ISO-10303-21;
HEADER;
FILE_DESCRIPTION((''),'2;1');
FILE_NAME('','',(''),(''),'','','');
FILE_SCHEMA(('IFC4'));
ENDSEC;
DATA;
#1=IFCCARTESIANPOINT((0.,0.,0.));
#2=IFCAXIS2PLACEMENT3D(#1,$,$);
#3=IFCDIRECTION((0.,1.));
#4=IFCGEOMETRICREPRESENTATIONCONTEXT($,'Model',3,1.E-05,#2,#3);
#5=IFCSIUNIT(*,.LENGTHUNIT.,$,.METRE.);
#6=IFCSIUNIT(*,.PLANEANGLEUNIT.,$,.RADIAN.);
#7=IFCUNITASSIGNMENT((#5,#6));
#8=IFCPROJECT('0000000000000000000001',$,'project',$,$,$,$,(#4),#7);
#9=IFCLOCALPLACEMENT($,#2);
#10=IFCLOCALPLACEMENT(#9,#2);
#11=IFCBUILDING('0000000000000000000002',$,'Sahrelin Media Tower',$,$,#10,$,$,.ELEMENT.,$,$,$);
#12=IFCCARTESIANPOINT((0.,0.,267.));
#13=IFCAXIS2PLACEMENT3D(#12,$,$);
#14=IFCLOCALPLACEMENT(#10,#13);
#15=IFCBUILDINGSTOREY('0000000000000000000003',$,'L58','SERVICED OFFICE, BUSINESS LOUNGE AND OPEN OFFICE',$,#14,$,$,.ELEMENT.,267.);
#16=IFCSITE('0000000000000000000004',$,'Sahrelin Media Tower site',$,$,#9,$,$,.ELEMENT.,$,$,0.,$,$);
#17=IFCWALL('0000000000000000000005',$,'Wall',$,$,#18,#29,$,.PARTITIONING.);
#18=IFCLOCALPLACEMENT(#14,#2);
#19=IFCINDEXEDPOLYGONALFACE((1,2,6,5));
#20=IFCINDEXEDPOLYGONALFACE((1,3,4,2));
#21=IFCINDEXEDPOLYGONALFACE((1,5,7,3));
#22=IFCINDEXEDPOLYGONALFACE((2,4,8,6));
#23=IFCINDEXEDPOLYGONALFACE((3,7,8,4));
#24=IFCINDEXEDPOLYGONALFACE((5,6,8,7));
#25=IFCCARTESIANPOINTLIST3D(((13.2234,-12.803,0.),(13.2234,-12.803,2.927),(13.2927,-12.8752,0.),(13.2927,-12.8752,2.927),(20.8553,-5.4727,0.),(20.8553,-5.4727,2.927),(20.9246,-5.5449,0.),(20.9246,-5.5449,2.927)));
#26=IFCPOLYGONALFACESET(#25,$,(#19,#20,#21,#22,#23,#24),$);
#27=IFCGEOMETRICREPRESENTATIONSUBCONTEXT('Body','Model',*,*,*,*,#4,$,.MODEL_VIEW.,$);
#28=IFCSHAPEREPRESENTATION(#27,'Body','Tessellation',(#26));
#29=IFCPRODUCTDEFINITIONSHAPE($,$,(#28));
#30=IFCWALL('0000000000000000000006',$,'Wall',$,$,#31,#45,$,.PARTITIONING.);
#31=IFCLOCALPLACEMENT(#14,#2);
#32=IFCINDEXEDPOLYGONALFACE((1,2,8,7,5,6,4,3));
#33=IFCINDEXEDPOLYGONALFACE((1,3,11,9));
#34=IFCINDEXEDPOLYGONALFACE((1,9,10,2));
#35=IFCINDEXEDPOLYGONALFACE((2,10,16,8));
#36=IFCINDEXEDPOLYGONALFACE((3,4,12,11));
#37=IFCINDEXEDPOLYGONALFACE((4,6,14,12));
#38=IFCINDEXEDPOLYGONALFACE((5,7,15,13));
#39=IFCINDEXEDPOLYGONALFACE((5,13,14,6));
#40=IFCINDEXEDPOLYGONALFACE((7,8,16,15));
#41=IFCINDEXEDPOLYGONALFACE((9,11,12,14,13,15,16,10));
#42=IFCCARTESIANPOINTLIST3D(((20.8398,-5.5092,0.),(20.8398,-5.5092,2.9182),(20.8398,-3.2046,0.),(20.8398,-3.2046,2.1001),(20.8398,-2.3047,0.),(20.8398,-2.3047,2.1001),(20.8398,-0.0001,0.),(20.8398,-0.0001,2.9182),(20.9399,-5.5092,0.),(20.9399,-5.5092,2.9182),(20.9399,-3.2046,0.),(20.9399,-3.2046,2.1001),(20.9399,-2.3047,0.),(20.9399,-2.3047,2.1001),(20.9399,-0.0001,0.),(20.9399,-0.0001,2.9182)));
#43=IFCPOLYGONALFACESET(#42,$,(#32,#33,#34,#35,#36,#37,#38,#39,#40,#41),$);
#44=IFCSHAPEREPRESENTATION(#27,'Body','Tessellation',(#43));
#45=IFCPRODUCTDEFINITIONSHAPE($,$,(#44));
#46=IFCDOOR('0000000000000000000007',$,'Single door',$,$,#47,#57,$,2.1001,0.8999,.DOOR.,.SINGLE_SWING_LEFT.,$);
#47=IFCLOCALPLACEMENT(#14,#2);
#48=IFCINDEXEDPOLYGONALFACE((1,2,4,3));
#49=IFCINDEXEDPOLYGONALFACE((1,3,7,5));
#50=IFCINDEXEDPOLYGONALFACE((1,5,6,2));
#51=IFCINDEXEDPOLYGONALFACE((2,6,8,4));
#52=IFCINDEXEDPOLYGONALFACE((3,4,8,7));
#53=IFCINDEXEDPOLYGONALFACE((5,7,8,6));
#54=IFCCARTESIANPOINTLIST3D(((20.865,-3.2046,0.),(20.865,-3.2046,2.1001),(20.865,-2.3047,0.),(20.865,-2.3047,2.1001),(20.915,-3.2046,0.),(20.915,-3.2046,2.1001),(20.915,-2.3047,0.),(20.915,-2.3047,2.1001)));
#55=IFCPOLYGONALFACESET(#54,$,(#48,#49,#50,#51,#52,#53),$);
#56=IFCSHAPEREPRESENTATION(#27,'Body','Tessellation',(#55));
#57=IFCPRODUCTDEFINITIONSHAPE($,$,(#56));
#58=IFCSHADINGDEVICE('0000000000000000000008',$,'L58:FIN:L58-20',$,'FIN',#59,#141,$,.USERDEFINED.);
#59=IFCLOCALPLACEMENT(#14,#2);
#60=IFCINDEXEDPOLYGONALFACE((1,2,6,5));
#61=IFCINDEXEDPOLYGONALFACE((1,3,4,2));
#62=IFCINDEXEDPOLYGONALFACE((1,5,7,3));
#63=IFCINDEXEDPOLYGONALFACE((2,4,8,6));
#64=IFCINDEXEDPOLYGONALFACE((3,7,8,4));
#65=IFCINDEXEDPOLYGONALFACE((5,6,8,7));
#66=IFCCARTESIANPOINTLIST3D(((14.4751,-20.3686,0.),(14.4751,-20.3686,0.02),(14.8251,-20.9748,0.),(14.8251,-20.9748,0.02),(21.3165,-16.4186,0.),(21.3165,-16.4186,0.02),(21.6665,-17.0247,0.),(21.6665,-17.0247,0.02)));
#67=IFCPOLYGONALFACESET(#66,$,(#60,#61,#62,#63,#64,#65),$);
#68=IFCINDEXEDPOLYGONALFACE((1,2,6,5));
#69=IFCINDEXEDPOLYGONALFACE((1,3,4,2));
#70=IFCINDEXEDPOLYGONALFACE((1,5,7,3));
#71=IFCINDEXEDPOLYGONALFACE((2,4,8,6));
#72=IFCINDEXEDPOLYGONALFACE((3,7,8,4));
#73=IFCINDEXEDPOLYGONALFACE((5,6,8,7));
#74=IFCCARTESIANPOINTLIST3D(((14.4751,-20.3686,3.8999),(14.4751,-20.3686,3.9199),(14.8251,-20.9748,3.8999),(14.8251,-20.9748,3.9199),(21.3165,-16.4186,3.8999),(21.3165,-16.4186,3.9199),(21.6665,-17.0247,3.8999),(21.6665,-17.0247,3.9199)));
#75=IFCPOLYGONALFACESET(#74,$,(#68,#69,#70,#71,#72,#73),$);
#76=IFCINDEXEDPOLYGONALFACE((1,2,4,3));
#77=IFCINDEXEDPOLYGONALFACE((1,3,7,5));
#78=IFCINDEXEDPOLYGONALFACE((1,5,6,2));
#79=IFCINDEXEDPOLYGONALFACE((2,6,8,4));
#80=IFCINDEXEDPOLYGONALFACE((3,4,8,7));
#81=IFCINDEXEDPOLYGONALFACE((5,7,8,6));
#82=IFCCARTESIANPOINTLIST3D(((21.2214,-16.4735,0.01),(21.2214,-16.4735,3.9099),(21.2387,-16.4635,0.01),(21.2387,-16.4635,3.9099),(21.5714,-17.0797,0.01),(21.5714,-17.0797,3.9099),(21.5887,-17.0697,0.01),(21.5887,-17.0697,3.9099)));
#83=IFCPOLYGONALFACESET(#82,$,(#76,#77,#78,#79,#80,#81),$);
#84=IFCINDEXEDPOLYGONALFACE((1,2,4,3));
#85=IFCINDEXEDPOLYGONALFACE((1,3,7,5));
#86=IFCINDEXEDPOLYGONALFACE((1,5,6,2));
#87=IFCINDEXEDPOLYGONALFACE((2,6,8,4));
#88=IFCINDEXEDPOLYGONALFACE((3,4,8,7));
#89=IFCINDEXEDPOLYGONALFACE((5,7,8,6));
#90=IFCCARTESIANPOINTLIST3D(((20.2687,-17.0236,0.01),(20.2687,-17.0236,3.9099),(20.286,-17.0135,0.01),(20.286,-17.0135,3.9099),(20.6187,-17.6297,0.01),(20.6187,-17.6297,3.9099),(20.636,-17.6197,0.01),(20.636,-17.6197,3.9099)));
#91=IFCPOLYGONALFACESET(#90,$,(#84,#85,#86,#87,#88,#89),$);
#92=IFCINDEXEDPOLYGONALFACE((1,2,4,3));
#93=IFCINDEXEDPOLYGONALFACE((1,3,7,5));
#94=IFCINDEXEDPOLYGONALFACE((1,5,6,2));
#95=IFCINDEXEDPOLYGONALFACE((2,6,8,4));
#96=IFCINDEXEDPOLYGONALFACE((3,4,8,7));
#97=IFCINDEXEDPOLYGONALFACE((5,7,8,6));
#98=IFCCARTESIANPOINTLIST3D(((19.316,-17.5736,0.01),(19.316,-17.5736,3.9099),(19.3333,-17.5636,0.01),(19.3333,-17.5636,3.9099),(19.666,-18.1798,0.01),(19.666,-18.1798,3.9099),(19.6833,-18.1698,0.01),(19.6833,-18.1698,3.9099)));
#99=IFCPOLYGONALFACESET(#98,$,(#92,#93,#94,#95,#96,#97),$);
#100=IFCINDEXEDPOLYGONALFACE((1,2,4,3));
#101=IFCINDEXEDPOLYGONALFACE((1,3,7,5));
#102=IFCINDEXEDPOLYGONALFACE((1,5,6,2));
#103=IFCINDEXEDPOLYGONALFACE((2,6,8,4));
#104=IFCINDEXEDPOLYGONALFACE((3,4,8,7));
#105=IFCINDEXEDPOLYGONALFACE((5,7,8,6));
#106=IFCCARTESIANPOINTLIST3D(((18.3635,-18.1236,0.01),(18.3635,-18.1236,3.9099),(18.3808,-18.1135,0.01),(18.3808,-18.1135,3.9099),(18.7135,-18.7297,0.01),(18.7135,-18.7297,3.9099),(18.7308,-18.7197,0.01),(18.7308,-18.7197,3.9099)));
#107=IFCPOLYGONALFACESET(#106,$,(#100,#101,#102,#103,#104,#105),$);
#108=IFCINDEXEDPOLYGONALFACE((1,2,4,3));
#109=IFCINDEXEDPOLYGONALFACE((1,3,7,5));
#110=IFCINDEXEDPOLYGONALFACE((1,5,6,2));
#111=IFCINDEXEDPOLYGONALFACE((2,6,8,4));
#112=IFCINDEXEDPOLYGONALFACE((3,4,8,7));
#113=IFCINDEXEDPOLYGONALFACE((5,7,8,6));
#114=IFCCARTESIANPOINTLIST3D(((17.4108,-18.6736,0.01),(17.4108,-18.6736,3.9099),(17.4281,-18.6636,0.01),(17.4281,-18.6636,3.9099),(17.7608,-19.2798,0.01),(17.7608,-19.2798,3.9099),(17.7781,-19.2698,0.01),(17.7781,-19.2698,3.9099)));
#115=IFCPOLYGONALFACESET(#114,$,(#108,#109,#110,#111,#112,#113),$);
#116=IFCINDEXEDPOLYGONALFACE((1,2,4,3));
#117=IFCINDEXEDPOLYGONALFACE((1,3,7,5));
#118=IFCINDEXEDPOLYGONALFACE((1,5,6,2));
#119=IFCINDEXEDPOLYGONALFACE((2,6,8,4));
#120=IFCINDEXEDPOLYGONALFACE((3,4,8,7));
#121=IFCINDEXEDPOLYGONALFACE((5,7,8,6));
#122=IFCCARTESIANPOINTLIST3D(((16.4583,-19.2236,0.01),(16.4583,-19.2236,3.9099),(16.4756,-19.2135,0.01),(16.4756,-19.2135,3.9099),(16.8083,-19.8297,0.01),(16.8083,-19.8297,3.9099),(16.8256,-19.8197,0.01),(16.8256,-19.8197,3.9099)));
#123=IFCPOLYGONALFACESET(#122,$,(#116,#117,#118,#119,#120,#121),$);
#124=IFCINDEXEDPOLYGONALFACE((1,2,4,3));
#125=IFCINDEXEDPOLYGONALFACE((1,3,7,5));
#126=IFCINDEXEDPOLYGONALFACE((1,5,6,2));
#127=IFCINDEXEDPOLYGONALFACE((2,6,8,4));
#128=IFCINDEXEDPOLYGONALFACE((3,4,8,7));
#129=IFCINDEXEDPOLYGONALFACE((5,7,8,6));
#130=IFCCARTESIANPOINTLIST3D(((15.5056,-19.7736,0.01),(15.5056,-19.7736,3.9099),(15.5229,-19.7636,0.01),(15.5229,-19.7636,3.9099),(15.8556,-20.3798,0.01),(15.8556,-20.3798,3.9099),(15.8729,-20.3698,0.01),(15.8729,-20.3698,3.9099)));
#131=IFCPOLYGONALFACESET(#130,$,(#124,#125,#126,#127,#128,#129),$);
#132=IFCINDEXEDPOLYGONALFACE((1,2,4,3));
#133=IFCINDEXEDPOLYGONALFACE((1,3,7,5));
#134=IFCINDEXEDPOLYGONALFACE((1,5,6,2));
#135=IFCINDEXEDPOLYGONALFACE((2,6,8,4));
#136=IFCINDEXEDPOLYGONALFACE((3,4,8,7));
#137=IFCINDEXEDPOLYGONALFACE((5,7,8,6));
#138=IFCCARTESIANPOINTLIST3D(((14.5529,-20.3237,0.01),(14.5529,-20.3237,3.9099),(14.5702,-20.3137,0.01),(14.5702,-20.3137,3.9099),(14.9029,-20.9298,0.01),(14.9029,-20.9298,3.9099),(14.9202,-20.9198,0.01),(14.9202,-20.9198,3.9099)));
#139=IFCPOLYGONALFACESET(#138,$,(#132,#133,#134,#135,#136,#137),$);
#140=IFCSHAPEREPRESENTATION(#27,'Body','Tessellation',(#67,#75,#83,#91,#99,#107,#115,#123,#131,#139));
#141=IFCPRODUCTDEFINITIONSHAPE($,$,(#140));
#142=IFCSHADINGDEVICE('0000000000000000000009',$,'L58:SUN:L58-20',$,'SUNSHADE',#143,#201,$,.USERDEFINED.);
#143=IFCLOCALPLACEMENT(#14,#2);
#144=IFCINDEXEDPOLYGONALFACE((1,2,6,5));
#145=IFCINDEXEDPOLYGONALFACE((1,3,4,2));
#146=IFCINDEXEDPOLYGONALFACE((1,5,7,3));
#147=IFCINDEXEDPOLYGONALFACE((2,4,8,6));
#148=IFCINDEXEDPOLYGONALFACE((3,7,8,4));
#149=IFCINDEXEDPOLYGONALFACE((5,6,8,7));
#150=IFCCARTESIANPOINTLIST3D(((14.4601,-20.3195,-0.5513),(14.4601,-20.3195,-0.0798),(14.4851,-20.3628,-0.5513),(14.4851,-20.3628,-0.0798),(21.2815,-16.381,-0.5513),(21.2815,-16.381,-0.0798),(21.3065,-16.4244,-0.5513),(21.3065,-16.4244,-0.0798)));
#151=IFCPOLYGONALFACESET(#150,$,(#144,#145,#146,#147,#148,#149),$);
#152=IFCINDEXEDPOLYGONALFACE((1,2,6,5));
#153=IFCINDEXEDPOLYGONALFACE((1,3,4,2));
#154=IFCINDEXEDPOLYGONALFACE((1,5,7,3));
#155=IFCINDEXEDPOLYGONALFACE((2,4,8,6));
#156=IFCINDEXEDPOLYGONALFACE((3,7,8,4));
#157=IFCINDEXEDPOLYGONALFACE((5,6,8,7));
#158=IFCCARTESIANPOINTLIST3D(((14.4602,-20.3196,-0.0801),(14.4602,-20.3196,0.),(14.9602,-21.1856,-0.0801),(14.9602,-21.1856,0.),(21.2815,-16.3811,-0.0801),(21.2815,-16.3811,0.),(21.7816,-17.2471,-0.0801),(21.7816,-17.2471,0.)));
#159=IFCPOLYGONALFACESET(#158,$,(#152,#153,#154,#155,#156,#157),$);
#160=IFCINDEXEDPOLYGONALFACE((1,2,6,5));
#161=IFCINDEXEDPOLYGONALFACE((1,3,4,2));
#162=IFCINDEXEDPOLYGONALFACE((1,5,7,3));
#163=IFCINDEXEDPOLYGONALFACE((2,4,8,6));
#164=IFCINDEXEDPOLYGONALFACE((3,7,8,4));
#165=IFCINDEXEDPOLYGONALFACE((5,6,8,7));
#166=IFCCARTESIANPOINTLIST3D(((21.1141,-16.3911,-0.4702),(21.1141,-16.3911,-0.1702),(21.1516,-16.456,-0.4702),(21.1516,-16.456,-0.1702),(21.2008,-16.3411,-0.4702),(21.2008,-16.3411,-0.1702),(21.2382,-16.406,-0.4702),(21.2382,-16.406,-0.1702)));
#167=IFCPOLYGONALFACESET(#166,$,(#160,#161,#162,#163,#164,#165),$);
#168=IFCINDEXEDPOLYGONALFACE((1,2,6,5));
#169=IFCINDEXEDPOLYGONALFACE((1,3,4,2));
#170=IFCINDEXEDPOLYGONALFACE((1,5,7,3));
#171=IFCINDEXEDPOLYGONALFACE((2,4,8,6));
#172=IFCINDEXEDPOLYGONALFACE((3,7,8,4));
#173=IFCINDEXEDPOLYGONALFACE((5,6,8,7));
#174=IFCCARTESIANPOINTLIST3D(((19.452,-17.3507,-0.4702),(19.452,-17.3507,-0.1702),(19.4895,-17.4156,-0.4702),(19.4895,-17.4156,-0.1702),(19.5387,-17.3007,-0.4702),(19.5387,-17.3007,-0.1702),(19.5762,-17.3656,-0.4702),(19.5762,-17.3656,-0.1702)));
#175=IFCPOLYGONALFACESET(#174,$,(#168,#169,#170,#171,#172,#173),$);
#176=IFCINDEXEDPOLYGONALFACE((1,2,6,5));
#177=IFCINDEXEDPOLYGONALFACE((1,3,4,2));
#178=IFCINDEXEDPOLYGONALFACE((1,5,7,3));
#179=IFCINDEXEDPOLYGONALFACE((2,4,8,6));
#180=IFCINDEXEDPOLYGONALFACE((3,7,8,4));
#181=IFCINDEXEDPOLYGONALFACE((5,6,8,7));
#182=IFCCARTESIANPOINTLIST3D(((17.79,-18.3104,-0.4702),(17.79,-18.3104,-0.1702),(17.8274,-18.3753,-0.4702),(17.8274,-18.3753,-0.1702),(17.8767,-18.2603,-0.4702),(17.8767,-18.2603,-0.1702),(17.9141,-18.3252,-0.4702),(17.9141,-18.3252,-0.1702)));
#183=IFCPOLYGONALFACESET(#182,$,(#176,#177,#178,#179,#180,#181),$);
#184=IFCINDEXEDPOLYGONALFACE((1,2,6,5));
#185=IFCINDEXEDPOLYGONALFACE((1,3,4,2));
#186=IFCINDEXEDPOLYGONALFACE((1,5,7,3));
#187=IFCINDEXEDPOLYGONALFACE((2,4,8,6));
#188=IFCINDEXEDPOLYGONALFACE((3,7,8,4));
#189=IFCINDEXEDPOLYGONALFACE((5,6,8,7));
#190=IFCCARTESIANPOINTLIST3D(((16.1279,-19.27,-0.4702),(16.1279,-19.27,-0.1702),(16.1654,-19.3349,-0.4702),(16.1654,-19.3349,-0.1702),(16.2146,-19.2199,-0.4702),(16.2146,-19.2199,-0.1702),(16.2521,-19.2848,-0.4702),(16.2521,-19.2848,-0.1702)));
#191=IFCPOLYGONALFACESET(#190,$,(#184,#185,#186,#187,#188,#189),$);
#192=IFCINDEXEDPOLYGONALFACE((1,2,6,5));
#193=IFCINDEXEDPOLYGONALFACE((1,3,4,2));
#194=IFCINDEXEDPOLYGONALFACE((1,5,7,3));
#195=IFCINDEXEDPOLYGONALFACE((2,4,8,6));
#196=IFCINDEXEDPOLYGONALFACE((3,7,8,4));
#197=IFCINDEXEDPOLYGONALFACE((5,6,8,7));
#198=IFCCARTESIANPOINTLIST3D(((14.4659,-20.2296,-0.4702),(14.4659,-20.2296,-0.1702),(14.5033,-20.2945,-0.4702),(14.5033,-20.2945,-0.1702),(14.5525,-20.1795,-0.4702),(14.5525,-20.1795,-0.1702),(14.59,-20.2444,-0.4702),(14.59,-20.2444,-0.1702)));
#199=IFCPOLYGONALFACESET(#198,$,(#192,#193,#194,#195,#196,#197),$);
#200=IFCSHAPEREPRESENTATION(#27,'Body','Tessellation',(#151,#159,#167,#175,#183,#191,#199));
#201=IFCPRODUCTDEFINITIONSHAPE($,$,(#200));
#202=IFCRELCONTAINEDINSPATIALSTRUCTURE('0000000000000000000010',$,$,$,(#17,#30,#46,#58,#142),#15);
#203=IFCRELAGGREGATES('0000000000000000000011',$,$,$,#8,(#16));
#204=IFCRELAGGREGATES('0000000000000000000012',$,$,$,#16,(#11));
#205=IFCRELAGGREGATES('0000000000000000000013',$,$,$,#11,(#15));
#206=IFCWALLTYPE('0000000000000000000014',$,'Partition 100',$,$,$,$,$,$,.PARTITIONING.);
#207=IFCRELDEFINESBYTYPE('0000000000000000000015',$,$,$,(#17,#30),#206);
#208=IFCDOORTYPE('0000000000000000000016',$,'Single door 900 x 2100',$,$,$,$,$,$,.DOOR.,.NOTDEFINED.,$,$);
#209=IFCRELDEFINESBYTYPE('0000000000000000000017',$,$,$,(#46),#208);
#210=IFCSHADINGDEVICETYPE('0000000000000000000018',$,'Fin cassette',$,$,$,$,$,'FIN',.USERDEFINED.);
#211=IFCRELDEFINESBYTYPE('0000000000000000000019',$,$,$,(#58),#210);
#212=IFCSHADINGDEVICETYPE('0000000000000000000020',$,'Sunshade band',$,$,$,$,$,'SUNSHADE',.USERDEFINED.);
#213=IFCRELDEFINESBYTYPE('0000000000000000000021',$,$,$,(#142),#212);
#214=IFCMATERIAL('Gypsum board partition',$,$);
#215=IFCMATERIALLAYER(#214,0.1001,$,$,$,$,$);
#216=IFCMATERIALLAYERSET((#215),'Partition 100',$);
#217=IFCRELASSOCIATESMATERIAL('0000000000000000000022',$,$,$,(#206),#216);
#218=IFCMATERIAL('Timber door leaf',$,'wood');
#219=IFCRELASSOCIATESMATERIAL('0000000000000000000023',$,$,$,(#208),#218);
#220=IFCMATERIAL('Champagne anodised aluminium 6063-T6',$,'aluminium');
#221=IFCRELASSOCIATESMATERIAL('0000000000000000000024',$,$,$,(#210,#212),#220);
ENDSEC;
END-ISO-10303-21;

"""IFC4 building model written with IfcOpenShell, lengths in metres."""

from ifc_helpers import new_model, si_unit, direction, frame, frame_2d, origin, origin_2d, place, context, subcontext, project, spatial, rectangle, extrude, material, layer, layer_set, type_object, element, fill, save


model = new_model("IFC4")

# Units and contexts
model_context = context("Model", 3, precision=1e-05, world=origin(), true_north=direction((0.0, 1.0)))
body_context = subcontext(model_context, "Body", "Model", "MODEL_VIEW")
ifc_project = project(units=[si_unit("LENGTHUNIT", "METRE"), si_unit("PLANEANGLEUNIT", "RADIAN")], contexts=[model_context])

# Site, building, storey
site_placement = place(None, origin())
site = spatial("IfcSite", under=ifc_project, at=site_placement, Name="Sahrelin Media Tower site", CompositionType="ELEMENT", RefElevation=0.0)
building_placement = place(site_placement, origin())
building = spatial("IfcBuilding", under=site, at=building_placement, Name="Sahrelin Media Tower", CompositionType="ELEMENT")
storey_placement = place(building_placement, frame((0.0, 0.0, 267.0)))
storey = spatial("IfcBuildingStorey", under=building, at=storey_placement, Name="L58", Description="SERVICED OFFICE, BUSINESS LOUNGE AND OPEN OFFICE", CompositionType="ELEMENT", Elevation=267.0)

# Shared definitions
ifc_material_1 = material(Name="Champagne anodised aluminium 6063-T6", Category="aluminium")

# Wall
ifc_material_2 = material(Name="Gypsum board partition")
ifc_layer_1 = layer(ifc_material_2, 0.1001)
ifc_layer_set_1 = layer_set([ifc_layer_1], Name="Partition 100")
wall_type_1 = type_object("IfcWallType", Name="Partition 100", PredefinedType="PARTITIONING", material=ifc_layer_set_1)
wall_1_placement = place(storey_placement, frame((13.2581, -12.8391, 0.0), z_axis=(0.0, 0.0, 1.0), x_axis=(0.72121, 0.692717, 0.0)))
element("IfcWall", 1, at=wall_1_placement, inside=storey, type_object=wall_type_1, Name="Wall", PredefinedType="PARTITIONING", context=body_context, shape_type="SweptSolid", body=[
    extrude(rectangle(XDim=10.582, YDim=0.1001, at=frame_2d((5.291, 0.0))), origin(), (0.0, 0.0, 1.0), 2.927),
])

# Wall, opening, door
wall_2_placement = place(storey_placement, frame((20.8899, -5.509, 0.0), z_axis=(0.0, 0.0, 1.0), x_axis=(0.0, 1.0, 0.0)))
wall_2 = element("IfcWall", 2, at=wall_2_placement, inside=storey, type_object=wall_type_1, Name="Wall", PredefinedType="PARTITIONING", context=body_context, shape_type="SweptSolid", body=[
    extrude(rectangle(XDim=5.509, YDim=0.1001, at=frame_2d((2.7544, 0.0))), origin(), (0.0, 0.0, 1.0), 2.9182),
])
opening_1_placement = place(wall_2_placement, frame((2.3044, 0.0, 0.0)))
opening_1 = element("IfcOpeningElement", 3, at=opening_1_placement, cuts=wall_2, PredefinedType="OPENING", context=body_context, shape_type="SweptSolid", body=[
    extrude(rectangle(XDim=0.8999, YDim=2.1001, at=frame_2d((0.45, 1.05))), frame((0.0, 0.05, 0.0), z_axis=(0.0, -1.0, 0.0), x_axis=(1.0, 0.0, 0.0)), (0.0, 0.0, 1.0), 0.1001),
])
ifc_material_3 = material(Name="Timber door leaf", Category="wood")
door_type_1 = type_object("IfcDoorType", Name="Single door 900 x 2100", OperationType="NOTDEFINED", PredefinedType="DOOR", material=ifc_material_3)
door_1_placement = place(opening_1_placement, origin())
door_1 = element("IfcDoor", 4, at=door_1_placement, inside=storey, type_object=door_type_1, Name="Single door", OperationType="SINGLE_SWING_LEFT", OverallHeight=2.1001, OverallWidth=0.8999, PredefinedType="DOOR", context=body_context, shape_type="SweptSolid", body=[
    extrude(rectangle(XDim=0.8999, YDim=2.1001, at=frame_2d((0.45, 1.05))), frame((0.0, 0.0249, 0.0), z_axis=(0.0, -1.0, 0.0), x_axis=(1.0, 0.0, 0.0)), (0.0, 0.0, 1.0), 0.05),
])
fill(opening_1, door_1)

# Shading device
shading_device_type_1 = type_object("IfcShadingDeviceType", Name="Fin cassette", ElementType="FIN", PredefinedType="USERDEFINED", material=ifc_material_1)
placement = place(storey_placement, frame((17.8608, -18.333, 0.0), z_axis=(0.0, 0.0, 1.0), x_axis=(-0.866019, -0.500011, 0.0)))
element("IfcShadingDevice", 5, at=placement, inside=storey, type_object=shading_device_type_1, Name="L58:FIN:L58-20", ObjectType="FIN", PredefinedType="USERDEFINED", context=body_context, shape_type="SweptSolid", body=[
    extrude(rectangle(XDim=7.8999, YDim=0.7, at=origin_2d()), frame((0.0, 0.4199, 0.0)), (0.0, 0.0, 1.0), 0.02),
    extrude(rectangle(XDim=7.8999, YDim=0.7, at=origin_2d()), frame((0.0, 0.4199, 3.8999)), (0.0, 0.0, 1.0), 0.02),
    extrude(rectangle(XDim=0.02, YDim=0.7, at=origin_2d()), frame((-3.8501, 0.4199, 0.01), z_axis=(0.0, 0.0, 1.0), x_axis=(1.0, 0.0, 0.0)), (0.0, 0.0, 1.0), 3.8999),
    extrude(rectangle(XDim=0.02, YDim=0.7, at=origin_2d()), frame((-2.75, 0.4199, 0.01), z_axis=(0.0, 0.0, 1.0), x_axis=(1.0, 0.0, 0.0)), (0.0, 0.0, 1.0), 3.8999),
    extrude(rectangle(XDim=0.02, YDim=0.7, at=origin_2d()), frame((-1.6499, 0.4199, 0.01), z_axis=(0.0, 0.0, 1.0), x_axis=(1.0, 0.0, 0.0)), (0.0, 0.0, 1.0), 3.8999),
    extrude(rectangle(XDim=0.02, YDim=0.7, at=origin_2d()), frame((-0.55, 0.4199, 0.01), z_axis=(0.0, 0.0, 1.0), x_axis=(1.0, 0.0, 0.0)), (0.0, 0.0, 1.0), 3.8999),
    extrude(rectangle(XDim=0.02, YDim=0.7, at=origin_2d()), frame((0.55, 0.4199, 0.01), z_axis=(0.0, 0.0, 1.0), x_axis=(1.0, 0.0, 0.0)), (0.0, 0.0, 1.0), 3.8999),
    extrude(rectangle(XDim=0.02, YDim=0.7, at=origin_2d()), frame((1.6499, 0.4199, 0.01), z_axis=(0.0, 0.0, 1.0), x_axis=(1.0, 0.0, 0.0)), (0.0, 0.0, 1.0), 3.8999),
    extrude(rectangle(XDim=0.02, YDim=0.7, at=origin_2d()), frame((2.75, 0.4199, 0.01), z_axis=(0.0, 0.0, 1.0), x_axis=(1.0, 0.0, 0.0)), (0.0, 0.0, 1.0), 3.8999),
    extrude(rectangle(XDim=0.02, YDim=0.7, at=origin_2d()), frame((3.8501, 0.4199, 0.01), z_axis=(0.0, 0.0, 1.0), x_axis=(1.0, 0.0, 0.0)), (0.0, 0.0, 1.0), 3.8999),
])

# Shading device
shading_device_type_2 = type_object("IfcShadingDeviceType", Name="Sunshade band", ElementType="SUNSHADE", PredefinedType="USERDEFINED", material=ifc_material_1)
element("IfcShadingDevice", 6, at=placement, inside=storey, type_object=shading_device_type_2, Name="L58:SUN:L58-20", ObjectType="SUNSHADE", PredefinedType="USERDEFINED", context=body_context, shape_type="SweptSolid", body=[
    extrude(rectangle(XDim=7.8767, YDim=0.05, at=origin_2d()), frame((0.0, 0.0449, -0.5513)), (0.0, 0.0, 1.0), 0.4714),
    extrude(rectangle(XDim=7.8767, YDim=1.0, at=origin_2d()), frame((0.0, 0.52, -0.0801)), (0.0, 0.0, 1.0), 0.0801),
    extrude(rectangle(XDim=0.1001, YDim=0.075, at=origin_2d()), frame((-3.8384, -0.0176, -0.4702)), (0.0, 0.0, 1.0), 0.3),
    extrude(rectangle(XDim=0.1001, YDim=0.075, at=origin_2d()), frame((-1.9192, -0.0176, -0.4702)), (0.0, 0.0, 1.0), 0.3),
    extrude(rectangle(XDim=0.1001, YDim=0.075, at=origin_2d()), frame((0.0, -0.0176, -0.4702)), (0.0, 0.0, 1.0), 0.3),
    extrude(rectangle(XDim=0.1001, YDim=0.075, at=origin_2d()), frame((1.9192, -0.0176, -0.4702)), (0.0, 0.0, 1.0), 0.3),
    extrude(rectangle(XDim=0.1001, YDim=0.075, at=origin_2d()), frame((3.8384, -0.0176, -0.4702)), (0.0, 0.0, 1.0), 0.3),
])

save(model, "model.ifc")
